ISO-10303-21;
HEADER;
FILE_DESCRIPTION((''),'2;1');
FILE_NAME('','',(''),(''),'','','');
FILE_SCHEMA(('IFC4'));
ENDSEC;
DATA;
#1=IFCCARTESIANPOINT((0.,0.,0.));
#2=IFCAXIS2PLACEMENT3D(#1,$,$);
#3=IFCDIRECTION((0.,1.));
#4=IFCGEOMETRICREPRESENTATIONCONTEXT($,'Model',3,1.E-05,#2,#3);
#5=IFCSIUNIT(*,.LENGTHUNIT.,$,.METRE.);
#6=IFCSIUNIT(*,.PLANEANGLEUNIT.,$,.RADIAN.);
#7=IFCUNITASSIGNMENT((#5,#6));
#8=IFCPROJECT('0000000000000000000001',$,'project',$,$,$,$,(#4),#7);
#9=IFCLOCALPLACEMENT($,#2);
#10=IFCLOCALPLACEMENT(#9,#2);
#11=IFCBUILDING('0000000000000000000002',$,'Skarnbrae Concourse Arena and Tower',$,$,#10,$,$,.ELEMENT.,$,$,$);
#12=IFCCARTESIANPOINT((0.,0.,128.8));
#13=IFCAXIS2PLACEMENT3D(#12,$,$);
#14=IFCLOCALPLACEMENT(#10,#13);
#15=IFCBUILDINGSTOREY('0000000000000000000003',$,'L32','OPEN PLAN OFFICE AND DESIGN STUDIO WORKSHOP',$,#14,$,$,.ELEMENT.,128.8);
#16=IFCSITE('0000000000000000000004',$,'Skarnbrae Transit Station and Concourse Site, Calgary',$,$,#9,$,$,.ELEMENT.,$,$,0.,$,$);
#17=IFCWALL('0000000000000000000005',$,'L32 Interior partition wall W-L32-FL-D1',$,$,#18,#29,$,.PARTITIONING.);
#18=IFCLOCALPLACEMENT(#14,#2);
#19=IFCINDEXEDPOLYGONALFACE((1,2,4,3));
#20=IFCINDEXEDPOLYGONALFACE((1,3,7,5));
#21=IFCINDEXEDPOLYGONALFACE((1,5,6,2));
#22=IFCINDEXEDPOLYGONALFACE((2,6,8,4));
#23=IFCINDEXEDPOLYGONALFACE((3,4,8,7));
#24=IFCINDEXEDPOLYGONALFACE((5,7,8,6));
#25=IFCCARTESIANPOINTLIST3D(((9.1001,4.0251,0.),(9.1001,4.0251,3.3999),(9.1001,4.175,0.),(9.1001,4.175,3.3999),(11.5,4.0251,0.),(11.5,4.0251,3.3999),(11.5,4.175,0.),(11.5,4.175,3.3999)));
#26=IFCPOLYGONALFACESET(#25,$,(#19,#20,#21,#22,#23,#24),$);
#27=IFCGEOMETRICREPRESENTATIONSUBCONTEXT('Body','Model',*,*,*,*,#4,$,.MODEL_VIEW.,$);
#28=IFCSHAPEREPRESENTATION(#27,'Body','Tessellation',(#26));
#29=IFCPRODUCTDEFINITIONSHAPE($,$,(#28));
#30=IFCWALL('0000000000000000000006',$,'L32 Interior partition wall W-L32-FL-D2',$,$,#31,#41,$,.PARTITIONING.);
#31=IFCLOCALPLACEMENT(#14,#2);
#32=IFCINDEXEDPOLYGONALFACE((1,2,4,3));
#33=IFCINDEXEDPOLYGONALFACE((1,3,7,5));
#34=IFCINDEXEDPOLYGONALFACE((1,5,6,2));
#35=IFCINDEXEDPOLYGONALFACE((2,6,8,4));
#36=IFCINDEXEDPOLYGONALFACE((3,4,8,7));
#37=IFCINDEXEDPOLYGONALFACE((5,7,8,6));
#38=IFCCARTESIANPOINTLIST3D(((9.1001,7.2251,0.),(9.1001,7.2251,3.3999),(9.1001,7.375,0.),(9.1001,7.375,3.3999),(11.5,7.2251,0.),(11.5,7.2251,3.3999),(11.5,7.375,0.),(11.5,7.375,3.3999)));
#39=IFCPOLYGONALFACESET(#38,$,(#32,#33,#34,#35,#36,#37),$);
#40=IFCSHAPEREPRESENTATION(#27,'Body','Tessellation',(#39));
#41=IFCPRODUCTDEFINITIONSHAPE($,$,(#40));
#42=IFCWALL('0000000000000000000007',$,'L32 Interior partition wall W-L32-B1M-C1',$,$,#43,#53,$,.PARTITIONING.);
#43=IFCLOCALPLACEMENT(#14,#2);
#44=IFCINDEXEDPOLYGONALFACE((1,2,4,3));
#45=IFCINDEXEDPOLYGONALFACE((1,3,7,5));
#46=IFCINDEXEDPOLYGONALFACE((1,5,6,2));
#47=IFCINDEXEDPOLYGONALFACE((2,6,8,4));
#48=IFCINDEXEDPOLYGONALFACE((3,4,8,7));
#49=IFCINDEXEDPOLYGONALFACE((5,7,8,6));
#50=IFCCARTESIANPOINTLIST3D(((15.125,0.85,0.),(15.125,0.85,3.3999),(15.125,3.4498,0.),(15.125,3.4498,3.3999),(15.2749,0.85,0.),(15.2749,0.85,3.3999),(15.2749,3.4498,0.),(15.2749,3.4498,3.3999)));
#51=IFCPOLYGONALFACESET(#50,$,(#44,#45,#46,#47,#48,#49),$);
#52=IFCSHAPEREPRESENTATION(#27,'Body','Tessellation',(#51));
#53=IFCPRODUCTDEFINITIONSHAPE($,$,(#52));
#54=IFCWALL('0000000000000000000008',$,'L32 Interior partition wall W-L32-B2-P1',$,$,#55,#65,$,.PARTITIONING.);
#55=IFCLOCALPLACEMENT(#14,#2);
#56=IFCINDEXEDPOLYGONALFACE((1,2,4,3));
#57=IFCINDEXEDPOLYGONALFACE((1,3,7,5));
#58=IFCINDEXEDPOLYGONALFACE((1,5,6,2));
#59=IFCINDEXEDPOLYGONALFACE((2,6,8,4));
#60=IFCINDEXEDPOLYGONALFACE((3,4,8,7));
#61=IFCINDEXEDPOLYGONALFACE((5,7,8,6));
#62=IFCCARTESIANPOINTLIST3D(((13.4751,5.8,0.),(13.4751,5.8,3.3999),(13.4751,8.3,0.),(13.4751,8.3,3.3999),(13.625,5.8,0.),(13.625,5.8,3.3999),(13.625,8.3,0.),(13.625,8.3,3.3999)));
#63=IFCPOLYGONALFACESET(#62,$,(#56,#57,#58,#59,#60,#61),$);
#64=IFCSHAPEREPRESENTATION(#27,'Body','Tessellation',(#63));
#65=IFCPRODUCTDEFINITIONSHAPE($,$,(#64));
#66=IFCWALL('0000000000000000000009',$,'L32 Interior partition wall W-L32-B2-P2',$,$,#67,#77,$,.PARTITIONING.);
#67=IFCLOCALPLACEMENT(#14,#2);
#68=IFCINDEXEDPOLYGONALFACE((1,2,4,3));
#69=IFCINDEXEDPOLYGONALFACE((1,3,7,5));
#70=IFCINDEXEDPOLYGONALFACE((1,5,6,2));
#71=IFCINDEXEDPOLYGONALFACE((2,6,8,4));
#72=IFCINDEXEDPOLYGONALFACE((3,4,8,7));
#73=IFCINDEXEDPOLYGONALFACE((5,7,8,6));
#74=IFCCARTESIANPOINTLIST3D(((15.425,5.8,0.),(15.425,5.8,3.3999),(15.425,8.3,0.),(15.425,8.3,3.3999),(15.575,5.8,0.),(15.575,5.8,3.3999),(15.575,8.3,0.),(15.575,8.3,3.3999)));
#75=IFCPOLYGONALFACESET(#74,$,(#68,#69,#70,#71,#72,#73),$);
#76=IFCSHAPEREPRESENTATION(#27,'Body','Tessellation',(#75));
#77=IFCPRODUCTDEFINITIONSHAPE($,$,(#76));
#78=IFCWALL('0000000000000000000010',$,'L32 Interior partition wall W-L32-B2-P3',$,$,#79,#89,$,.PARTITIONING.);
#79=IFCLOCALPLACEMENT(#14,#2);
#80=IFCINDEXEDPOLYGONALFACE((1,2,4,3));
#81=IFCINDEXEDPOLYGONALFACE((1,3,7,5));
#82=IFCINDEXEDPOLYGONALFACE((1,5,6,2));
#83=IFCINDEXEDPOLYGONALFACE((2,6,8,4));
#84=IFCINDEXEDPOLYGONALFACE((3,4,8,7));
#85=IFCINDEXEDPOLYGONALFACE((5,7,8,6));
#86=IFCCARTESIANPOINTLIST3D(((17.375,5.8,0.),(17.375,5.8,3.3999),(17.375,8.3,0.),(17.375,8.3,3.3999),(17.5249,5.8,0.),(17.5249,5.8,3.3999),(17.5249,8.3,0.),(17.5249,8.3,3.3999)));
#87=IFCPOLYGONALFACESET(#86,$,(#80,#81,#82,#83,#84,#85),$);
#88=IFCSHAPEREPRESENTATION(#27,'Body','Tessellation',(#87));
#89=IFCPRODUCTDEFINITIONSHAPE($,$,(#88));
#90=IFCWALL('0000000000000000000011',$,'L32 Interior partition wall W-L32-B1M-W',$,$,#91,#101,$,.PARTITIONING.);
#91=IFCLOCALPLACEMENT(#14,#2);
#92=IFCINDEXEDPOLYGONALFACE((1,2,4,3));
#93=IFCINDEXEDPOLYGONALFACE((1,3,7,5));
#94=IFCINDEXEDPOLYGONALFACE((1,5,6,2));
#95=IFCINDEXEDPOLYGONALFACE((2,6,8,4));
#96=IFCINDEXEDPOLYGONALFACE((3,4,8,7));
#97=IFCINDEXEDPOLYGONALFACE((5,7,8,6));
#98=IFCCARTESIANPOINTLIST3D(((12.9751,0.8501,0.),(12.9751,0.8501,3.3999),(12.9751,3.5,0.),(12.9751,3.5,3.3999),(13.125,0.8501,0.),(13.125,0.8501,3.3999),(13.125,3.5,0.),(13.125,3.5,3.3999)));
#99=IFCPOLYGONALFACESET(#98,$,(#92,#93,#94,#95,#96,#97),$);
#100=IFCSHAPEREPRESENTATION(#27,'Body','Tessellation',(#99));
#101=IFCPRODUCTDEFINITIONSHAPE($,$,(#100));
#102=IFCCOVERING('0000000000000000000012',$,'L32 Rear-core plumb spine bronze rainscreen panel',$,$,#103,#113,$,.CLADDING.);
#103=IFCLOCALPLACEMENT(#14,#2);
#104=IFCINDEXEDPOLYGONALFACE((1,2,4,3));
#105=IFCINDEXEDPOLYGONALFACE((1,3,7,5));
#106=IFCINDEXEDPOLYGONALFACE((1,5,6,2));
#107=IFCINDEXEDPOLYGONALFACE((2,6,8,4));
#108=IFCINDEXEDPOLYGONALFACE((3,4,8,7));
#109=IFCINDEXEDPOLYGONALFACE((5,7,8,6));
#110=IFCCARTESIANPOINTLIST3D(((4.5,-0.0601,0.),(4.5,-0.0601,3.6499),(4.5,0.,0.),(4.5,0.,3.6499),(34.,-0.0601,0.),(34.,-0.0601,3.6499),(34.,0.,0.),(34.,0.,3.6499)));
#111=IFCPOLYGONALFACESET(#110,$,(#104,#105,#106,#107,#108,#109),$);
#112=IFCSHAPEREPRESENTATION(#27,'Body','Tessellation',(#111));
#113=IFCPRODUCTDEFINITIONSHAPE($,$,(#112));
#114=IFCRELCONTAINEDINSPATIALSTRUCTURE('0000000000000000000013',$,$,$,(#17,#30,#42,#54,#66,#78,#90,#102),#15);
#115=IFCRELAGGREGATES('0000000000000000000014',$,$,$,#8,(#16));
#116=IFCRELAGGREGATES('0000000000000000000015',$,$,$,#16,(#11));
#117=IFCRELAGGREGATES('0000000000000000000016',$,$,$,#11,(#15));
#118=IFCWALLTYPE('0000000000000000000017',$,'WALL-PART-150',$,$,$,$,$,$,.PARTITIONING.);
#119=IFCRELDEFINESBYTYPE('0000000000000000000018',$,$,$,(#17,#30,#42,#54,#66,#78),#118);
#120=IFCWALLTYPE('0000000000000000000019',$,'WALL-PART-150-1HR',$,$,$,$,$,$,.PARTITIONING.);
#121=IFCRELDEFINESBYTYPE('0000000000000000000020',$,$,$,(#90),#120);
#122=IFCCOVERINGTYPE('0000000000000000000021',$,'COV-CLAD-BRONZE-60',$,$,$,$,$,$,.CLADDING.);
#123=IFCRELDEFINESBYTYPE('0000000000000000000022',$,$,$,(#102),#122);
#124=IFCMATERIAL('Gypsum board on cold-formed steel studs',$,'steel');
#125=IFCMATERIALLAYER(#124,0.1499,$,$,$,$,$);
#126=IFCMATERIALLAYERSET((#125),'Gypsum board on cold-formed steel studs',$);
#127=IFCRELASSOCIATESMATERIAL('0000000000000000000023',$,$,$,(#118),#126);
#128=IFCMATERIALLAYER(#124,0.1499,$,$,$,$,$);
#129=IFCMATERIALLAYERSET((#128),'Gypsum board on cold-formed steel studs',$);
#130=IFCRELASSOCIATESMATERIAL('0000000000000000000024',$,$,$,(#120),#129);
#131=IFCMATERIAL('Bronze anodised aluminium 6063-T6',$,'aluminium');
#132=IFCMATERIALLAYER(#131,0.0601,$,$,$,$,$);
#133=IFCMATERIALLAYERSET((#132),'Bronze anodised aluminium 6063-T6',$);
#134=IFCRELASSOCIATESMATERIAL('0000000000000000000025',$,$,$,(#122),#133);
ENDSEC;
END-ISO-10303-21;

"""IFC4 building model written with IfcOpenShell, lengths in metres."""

from ifc_helpers import new_model, si_unit, direction, frame, frame_2d, origin, origin_2d, place, context, subcontext, project, spatial, rectangle, extrude, source, transform, mapped, material, layer, layer_set, type_object, element, save


model = new_model("IFC4")

# Units and contexts
model_context = context("Model", 3, precision=1e-05, world=origin(), true_north=direction((0.0, 1.0)))
body_context = subcontext(model_context, "Body", "Model", "MODEL_VIEW")
ifc_project = project(units=[si_unit("LENGTHUNIT", "METRE"), si_unit("PLANEANGLEUNIT", "RADIAN")], contexts=[model_context])

# Site, building, storey
site_placement = place(None, origin())
site = spatial("IfcSite", under=ifc_project, at=site_placement, Name="Skarnbrae Transit Station and Concourse Site, Calgary", CompositionType="ELEMENT", RefElevation=0.0)
building_placement = place(site_placement, origin())
building = spatial("IfcBuilding", under=site, at=building_placement, Name="Skarnbrae Concourse Arena and Tower", CompositionType="ELEMENT")
storey_placement = place(building_placement, frame((0.0, 0.0, 128.8)))
storey = spatial("IfcBuildingStorey", under=building, at=storey_placement, Name="L32", Description="OPEN PLAN OFFICE AND DESIGN STUDIO WORKSHOP", CompositionType="ELEMENT", Elevation=128.8)

# Shared definitions
ifc_material_1 = material(Name="Gypsum board on cold-formed steel studs", Category="steel")

# Walls
ifc_layer_1 = layer(ifc_material_1, 0.1499)
ifc_layer_set_1 = layer_set([ifc_layer_1], Name="Gypsum board on cold-formed steel studs")
wall_type_1 = type_object("IfcWallType", Name="WALL-PART-150", PredefinedType="PARTITIONING", material=ifc_layer_set_1)
shared_shape_1 = source(origin(), body_context, "Body", "SweptSolid", [
    extrude(rectangle(XDim=2.3999, YDim=0.1499, at=frame_2d((1.2, 0.0))), origin(), (0.0, 0.0, 1.0), 3.3999),
])
for number, where, z_axis, x_axis, name in (
    (1, (9.1001, 4.1001, 0.0), (0.0, 0.0, 1.0), (1.0, 0.0, 0.0), "L32 Interior partition wall W-L32-FL-D1"),
    (2, (9.1001, 7.3, 0.0), (0.0, 0.0, 1.0), (1.0, 0.0, 0.0), "L32 Interior partition wall W-L32-FL-D2"),
):
    element("IfcWall", number, at=place(storey_placement, frame(where, z_axis=z_axis, x_axis=x_axis)), inside=storey, type_object=wall_type_1, Name=name, PredefinedType="PARTITIONING", context=body_context, shape_type="MappedRepresentation", body=[
        mapped(shared_shape_1, transform((0.0, 0.0, 0.0))),
    ])
shared_shape_2 = source(origin(), body_context, "Body", "SweptSolid", [
    extrude(rectangle(XDim=2.5999, YDim=0.1499, at=frame_2d((1.2998, 0.0))), origin(), (0.0, 0.0, 1.0), 3.3999),
])
wall_1_placement = place(storey_placement, frame((15.2, 0.8501, 0.0), z_axis=(0.0, 0.0, 1.0), x_axis=(0.0, 1.0, 0.0)))
element("IfcWall", 3, at=wall_1_placement, inside=storey, type_object=wall_type_1, Name="L32 Interior partition wall W-L32-B1M-C1", PredefinedType="PARTITIONING", context=body_context, shape_type="MappedRepresentation", body=[
    mapped(shared_shape_2, transform((0.0, 0.0, 0.0))),
])

# Shared definitions
ifc_material_2 = material(Name="Bronze anodised aluminium 6063-T6", Category="aluminium")

# Walls
shared_shape_3 = source(origin(), body_context, "Body", "SweptSolid", [
    extrude(rectangle(XDim=2.5, YDim=0.1499, at=frame_2d((1.25, 0.0))), origin(), (0.0, 0.0, 1.0), 3.3999),
])
for number, where, z_axis, x_axis, name in (
    (4, (13.55, 5.8, 0.0), (0.0, 0.0, 1.0), (0.0, 1.0, 0.0), "L32 Interior partition wall W-L32-B2-P1"),
    (5, (15.5, 5.8, 0.0), (0.0, 0.0, 1.0), (0.0, 1.0, 0.0), "L32 Interior partition wall W-L32-B2-P2"),
    (6, (17.45, 5.8, 0.0), (0.0, 0.0, 1.0), (0.0, 1.0, 0.0), "L32 Interior partition wall W-L32-B2-P3"),
):
    element("IfcWall", number, at=place(storey_placement, frame(where, z_axis=z_axis, x_axis=x_axis)), inside=storey, type_object=wall_type_1, Name=name, PredefinedType="PARTITIONING", context=body_context, shape_type="MappedRepresentation", body=[
        mapped(shared_shape_3, transform((0.0, 0.0, 0.0))),
    ])
ifc_layer_2 = layer(ifc_material_1, 0.1499)
ifc_layer_set_2 = layer_set([ifc_layer_2], Name="Gypsum board on cold-formed steel studs")
wall_type_2 = type_object("IfcWallType", Name="WALL-PART-150-1HR", PredefinedType="PARTITIONING", material=ifc_layer_set_2)
shared_shape_4 = source(origin(), body_context, "Body", "SweptSolid", [
    extrude(rectangle(XDim=2.6499, YDim=0.1499, at=frame_2d((1.325, 0.0))), origin(), (0.0, 0.0, 1.0), 3.3999),
])
wall_2_placement = place(storey_placement, frame((13.05, 0.8501, 0.0), z_axis=(0.0, 0.0, 1.0), x_axis=(0.0, 1.0, 0.0)))
element("IfcWall", 7, at=wall_2_placement, inside=storey, type_object=wall_type_2, Name="L32 Interior partition wall W-L32-B1M-W", PredefinedType="PARTITIONING", context=body_context, shape_type="MappedRepresentation", body=[
    mapped(shared_shape_4, transform((0.0, 0.0, 0.0))),
])

# Covering
ifc_layer_3 = layer(ifc_material_2, 0.0601)
ifc_layer_set_3 = layer_set([ifc_layer_3], Name="Bronze anodised aluminium 6063-T6")
covering_type = type_object("IfcCoveringType", Name="COV-CLAD-BRONZE-60", PredefinedType="CLADDING", material=ifc_layer_set_3)
shared_shape_5 = source(origin(), body_context, "Body", "SweptSolid", [
    extrude(rectangle(XDim=29.5, YDim=0.0601, at=origin_2d()), origin(), (0.0, 0.0, 1.0), 3.6499),
])
covering_placement = place(storey_placement, frame((19.25, -0.03, 0.0), z_axis=(0.0, 0.0, 1.0), x_axis=(1.0, 0.0, 0.0)))
element("IfcCovering", 8, at=covering_placement, inside=storey, type_object=covering_type, Name="L32 Rear-core plumb spine bronze rainscreen panel", PredefinedType="CLADDING", context=body_context, shape_type="MappedRepresentation", body=[
    mapped(shared_shape_5, transform((0.0, 0.0, 0.0))),
])

save(model, "model.ifc")
